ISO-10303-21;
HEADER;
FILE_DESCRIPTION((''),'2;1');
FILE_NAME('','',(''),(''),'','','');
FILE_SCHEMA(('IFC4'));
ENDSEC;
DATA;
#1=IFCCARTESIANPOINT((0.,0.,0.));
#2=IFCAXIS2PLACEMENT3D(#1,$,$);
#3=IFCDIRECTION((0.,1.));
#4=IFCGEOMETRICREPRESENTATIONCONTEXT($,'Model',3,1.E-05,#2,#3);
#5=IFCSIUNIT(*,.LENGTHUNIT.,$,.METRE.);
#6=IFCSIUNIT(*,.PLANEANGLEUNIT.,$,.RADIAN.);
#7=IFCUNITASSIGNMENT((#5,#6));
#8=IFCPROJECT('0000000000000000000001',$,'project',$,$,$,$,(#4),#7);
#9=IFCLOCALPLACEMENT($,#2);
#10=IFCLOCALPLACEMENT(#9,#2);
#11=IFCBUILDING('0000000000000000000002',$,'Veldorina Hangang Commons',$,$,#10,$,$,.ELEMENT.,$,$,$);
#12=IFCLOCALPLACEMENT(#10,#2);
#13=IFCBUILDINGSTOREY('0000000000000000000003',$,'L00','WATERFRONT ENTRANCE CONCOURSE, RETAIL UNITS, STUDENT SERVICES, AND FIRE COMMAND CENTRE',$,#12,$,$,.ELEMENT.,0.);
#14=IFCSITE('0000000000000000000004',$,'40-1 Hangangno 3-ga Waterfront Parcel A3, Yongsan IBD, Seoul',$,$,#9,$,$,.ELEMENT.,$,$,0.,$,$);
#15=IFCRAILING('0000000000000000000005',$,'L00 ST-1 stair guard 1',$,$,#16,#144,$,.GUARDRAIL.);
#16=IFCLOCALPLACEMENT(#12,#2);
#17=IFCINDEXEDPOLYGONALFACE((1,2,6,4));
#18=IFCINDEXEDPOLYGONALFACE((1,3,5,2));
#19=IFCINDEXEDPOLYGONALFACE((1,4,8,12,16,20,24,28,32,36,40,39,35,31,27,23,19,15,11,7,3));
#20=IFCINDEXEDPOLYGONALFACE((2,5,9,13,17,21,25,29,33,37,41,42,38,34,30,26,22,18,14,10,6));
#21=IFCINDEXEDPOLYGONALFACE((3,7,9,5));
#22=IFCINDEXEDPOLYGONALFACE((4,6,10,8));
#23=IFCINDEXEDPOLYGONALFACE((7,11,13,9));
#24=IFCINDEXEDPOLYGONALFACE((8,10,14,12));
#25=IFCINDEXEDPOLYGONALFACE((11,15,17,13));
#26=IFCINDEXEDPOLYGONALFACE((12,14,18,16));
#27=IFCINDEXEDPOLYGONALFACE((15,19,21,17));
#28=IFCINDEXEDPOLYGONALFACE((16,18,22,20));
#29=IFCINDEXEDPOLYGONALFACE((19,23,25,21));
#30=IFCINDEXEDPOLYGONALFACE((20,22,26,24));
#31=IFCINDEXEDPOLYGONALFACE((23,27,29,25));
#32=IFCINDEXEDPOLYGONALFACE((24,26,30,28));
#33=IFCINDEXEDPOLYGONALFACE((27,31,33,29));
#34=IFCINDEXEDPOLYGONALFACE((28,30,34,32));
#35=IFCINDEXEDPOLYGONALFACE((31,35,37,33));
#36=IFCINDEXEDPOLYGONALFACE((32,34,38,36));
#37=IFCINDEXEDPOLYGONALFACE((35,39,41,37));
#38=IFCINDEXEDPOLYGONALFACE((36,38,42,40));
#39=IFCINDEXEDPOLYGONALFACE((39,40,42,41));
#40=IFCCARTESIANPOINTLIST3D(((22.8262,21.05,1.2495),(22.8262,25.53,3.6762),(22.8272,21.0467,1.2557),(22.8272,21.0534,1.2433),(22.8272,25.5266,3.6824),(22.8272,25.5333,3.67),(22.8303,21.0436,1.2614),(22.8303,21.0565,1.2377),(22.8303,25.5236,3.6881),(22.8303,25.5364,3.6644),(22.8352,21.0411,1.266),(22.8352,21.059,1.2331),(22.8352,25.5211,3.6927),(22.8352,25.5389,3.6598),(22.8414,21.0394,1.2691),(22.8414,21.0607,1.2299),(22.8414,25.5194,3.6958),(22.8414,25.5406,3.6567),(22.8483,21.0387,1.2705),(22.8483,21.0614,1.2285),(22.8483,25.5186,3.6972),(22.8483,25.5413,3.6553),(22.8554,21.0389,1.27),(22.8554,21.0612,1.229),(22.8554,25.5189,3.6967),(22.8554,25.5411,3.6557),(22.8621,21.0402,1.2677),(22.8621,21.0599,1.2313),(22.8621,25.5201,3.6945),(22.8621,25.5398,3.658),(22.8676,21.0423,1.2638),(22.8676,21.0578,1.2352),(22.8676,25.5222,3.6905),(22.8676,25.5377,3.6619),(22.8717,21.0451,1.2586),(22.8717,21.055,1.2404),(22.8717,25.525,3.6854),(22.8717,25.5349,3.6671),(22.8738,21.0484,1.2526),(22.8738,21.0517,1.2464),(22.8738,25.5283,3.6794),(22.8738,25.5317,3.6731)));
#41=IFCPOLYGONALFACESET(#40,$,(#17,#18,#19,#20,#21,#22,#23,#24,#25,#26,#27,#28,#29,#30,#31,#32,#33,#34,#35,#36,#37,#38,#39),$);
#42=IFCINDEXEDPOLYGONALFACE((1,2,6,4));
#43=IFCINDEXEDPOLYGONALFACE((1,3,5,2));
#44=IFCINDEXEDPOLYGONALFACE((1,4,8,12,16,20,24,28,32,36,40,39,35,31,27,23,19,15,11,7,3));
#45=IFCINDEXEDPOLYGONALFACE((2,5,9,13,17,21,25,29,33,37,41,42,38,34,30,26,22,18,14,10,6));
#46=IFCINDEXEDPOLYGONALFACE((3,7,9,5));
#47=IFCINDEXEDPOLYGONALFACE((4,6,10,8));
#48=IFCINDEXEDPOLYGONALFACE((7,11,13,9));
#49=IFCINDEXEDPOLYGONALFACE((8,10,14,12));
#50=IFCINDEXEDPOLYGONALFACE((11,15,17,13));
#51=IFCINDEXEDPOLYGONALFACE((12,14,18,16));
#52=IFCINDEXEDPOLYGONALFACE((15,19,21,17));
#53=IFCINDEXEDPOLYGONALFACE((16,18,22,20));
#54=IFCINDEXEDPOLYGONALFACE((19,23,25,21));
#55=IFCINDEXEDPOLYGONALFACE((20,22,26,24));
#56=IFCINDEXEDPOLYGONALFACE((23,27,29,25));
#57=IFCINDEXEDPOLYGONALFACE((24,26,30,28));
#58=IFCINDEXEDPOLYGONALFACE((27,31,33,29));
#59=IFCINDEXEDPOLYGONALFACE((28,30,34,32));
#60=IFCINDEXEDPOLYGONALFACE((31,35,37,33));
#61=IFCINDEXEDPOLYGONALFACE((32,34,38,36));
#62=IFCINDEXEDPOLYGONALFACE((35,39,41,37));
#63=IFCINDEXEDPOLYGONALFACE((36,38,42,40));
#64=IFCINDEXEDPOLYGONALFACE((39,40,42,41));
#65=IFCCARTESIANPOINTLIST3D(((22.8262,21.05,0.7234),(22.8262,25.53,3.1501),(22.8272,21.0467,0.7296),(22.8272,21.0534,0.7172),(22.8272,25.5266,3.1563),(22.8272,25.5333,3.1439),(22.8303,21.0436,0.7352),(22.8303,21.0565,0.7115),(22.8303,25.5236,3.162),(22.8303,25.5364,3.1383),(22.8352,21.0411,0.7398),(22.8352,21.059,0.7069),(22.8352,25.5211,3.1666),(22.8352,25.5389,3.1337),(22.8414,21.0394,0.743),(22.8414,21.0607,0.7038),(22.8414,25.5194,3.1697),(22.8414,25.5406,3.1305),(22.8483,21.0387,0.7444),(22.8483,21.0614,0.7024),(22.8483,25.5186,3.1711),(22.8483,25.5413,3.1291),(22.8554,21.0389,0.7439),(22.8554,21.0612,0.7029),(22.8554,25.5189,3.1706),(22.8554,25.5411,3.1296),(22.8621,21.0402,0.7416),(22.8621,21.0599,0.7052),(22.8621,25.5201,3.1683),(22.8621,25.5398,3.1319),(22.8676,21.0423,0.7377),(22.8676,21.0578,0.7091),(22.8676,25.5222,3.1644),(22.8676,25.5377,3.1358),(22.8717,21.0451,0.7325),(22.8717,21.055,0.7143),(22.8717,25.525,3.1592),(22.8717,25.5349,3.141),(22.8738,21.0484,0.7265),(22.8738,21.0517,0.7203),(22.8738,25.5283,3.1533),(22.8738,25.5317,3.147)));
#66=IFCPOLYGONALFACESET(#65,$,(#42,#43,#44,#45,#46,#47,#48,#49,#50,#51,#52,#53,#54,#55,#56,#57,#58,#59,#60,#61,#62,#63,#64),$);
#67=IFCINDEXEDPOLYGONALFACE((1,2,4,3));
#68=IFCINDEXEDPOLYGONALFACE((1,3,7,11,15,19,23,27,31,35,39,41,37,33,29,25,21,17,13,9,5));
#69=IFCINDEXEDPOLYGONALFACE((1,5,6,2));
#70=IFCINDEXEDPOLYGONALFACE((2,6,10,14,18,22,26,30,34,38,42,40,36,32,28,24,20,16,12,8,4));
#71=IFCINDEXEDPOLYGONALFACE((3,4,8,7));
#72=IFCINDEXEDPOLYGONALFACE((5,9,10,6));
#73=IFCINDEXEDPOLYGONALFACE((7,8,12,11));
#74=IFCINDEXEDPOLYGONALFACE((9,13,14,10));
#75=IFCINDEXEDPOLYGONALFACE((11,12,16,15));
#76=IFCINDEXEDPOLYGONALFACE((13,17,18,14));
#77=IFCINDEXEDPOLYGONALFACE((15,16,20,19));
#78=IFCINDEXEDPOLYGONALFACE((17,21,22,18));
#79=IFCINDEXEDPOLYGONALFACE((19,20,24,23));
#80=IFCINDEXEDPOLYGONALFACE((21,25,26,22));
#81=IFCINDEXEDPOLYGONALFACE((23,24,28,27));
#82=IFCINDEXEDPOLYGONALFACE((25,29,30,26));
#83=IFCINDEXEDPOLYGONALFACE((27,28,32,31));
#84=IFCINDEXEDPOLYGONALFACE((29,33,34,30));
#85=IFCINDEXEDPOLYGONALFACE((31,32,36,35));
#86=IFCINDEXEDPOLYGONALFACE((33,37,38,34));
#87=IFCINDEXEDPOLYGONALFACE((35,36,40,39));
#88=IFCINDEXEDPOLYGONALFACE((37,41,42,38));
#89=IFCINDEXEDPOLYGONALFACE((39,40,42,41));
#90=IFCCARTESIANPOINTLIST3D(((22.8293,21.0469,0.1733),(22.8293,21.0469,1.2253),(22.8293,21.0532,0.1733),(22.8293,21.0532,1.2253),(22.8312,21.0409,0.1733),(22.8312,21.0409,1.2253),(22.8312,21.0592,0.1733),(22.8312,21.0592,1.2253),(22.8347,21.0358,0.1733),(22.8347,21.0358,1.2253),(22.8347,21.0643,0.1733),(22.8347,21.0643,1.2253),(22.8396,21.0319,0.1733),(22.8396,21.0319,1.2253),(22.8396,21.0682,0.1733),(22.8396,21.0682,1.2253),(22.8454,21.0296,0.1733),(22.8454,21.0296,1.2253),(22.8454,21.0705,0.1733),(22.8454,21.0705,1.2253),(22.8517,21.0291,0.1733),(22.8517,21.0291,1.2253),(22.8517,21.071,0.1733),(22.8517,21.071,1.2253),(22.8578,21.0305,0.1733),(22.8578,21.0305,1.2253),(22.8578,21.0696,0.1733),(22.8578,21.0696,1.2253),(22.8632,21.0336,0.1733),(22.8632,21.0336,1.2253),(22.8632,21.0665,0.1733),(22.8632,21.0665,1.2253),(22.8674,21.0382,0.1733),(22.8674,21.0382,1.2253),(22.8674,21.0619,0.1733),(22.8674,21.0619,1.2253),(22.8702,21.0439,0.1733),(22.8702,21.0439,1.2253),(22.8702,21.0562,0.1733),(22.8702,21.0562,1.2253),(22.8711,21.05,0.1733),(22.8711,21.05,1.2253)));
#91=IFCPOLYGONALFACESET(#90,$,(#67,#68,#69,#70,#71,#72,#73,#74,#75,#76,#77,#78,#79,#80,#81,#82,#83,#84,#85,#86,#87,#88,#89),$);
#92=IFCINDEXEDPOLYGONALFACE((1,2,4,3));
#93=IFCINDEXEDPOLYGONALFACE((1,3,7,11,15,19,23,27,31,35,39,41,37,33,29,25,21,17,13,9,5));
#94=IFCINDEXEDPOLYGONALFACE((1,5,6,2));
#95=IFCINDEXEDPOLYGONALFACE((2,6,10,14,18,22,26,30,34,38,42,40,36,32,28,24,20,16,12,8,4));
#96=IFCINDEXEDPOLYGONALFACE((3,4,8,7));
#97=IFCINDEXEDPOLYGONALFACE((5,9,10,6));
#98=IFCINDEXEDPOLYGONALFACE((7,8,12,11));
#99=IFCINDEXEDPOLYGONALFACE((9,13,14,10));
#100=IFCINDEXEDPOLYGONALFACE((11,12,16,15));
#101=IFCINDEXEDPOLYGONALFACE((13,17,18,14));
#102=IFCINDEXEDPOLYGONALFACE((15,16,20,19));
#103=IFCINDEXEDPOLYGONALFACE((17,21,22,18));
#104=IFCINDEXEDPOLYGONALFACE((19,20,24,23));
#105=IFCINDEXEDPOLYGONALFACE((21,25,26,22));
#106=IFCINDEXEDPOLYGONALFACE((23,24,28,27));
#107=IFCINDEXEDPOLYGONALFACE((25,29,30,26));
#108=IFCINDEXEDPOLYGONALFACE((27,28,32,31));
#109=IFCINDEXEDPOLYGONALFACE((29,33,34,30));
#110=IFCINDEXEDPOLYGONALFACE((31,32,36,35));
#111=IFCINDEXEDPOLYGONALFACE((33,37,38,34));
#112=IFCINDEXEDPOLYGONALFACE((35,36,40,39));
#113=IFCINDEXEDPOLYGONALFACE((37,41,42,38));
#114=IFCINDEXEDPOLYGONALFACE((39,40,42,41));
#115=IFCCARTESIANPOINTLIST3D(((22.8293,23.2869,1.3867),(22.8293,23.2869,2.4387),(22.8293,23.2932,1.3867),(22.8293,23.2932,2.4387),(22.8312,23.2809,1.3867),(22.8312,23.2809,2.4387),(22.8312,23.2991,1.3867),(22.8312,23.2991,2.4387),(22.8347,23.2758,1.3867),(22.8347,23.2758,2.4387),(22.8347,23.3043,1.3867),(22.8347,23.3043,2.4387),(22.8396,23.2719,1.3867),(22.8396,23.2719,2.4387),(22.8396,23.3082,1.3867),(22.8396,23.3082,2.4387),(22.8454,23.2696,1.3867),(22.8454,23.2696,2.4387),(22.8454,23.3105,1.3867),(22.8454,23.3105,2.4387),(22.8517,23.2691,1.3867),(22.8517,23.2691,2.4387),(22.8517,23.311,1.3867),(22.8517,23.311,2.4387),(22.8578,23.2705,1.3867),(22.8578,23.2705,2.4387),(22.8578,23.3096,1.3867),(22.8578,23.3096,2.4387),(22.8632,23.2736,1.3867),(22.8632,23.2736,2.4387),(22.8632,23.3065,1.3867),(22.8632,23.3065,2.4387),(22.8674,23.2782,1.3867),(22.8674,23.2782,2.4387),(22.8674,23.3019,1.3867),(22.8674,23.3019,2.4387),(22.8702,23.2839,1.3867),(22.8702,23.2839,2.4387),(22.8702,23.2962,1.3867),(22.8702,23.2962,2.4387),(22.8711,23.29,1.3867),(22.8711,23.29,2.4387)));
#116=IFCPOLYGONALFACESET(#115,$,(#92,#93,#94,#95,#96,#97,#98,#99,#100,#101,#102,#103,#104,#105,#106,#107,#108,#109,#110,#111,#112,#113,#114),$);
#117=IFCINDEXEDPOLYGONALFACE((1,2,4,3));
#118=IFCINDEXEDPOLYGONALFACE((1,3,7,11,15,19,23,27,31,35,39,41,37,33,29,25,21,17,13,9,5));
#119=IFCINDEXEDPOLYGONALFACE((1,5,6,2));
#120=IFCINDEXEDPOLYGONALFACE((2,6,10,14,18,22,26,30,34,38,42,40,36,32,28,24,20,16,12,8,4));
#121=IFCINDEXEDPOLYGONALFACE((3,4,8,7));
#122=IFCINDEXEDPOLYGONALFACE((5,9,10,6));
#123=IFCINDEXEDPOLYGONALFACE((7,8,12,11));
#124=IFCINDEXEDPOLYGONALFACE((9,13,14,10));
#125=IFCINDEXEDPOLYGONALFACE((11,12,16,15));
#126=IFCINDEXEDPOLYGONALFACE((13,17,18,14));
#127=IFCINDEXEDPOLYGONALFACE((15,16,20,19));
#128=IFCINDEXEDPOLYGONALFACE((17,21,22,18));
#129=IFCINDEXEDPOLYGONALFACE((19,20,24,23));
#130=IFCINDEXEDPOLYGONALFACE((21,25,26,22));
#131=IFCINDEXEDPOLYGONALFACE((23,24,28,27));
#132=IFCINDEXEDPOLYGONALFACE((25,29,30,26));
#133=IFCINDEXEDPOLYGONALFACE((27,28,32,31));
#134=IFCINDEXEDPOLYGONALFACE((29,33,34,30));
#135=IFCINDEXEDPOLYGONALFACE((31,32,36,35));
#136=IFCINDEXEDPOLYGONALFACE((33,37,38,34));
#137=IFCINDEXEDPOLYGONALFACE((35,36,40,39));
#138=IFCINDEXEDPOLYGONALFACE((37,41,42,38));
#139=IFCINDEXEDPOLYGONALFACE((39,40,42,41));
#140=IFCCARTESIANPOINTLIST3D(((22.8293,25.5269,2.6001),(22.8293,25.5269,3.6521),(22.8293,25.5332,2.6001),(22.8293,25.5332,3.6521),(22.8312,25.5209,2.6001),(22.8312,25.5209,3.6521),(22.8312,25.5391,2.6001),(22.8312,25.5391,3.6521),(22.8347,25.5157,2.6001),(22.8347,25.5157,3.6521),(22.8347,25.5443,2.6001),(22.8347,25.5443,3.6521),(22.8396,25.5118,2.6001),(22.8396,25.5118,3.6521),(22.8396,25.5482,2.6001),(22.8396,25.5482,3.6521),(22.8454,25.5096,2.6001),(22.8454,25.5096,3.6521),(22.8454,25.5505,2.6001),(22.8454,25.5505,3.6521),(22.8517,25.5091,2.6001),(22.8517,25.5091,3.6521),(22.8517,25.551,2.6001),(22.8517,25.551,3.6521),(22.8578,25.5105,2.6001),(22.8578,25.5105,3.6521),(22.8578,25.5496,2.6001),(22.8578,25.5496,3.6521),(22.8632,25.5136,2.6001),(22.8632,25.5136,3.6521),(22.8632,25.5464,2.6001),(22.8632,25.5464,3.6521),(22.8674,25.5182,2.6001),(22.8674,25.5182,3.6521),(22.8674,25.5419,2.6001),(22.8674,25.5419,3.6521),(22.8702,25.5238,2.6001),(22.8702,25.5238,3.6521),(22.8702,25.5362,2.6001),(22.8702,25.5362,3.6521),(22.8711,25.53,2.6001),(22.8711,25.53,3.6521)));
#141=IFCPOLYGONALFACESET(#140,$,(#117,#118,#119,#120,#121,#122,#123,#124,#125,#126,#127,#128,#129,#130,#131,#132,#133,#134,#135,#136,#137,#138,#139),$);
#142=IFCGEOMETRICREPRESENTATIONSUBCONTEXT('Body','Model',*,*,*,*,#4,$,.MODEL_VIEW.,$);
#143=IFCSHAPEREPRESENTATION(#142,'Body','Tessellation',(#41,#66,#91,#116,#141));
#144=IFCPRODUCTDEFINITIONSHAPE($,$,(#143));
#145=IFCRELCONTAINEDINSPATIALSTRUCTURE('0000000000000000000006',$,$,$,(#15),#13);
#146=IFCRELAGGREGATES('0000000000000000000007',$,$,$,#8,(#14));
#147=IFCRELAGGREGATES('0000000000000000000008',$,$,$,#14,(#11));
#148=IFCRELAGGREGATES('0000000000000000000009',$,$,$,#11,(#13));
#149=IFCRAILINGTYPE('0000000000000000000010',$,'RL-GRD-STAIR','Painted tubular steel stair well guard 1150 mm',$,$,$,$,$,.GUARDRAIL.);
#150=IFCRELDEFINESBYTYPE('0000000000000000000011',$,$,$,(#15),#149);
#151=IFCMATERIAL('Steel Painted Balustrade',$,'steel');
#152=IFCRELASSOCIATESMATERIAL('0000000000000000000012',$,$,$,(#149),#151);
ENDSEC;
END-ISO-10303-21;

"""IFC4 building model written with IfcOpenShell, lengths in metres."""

from ifc_helpers import new_model, si_unit, direction, frame, origin, origin_2d, place, context, subcontext, project, spatial, circle, extrude, material, type_object, element, save


model = new_model("IFC4")

# Units and contexts
model_context = context("Model", 3, precision=1e-05, world=origin(), true_north=direction((0.0, 1.0)))
body_context = subcontext(model_context, "Body", "Model", "MODEL_VIEW")
ifc_project = project(units=[si_unit("LENGTHUNIT", "METRE"), si_unit("PLANEANGLEUNIT", "RADIAN")], contexts=[model_context])

# Site, building, storey
site_placement = place(None, origin())
site = spatial("IfcSite", under=ifc_project, at=site_placement, Name="40-1 Hangangno 3-ga Waterfront Parcel A3, Yongsan IBD, Seoul", CompositionType="ELEMENT", RefElevation=0.0)
building_placement = place(site_placement, origin())
building = spatial("IfcBuilding", under=site, at=building_placement, Name="Veldorina Hangang Commons", CompositionType="ELEMENT")
storey_placement = place(building_placement, origin())
storey = spatial("IfcBuildingStorey", under=building, at=storey_placement, Name="L00", Description="WATERFRONT ENTRANCE CONCOURSE, RETAIL UNITS, STUDENT SERVICES, AND FIRE COMMAND CENTRE", CompositionType="ELEMENT", Elevation=0.0)

# Railing
ifc_material_1 = material(Name="Steel Painted Balustrade", Category="steel")
railing_type_1 = type_object("IfcRailingType", Name="RL-GRD-STAIR", Description="Painted tubular steel stair well guard 1150 mm", PredefinedType="GUARDRAIL", material=ifc_material_1)
railing_1_placement = place(storey_placement, frame((22.8501, 21.05, 0.1733)))
element("IfcRailing", 1, at=railing_1_placement, inside=storey, type_object=railing_type_1, Name="L00 ST-1 stair guard 1", PredefinedType="GUARDRAIL", context=body_context, shape_type="SweptSolid", body=[
    extrude(circle(Radius=0.0239, at=origin_2d()), frame((0.0, 0.0, 1.0762), z_axis=(0.0, 0.879284, 0.476299), x_axis=(-1.0, 0.0, 0.0)), (0.0, 0.0, 1.0), 5.095),
    extrude(circle(Radius=0.0239, at=origin_2d()), frame((0.0, 0.0, 0.55), z_axis=(0.0, 0.879284, 0.476299), x_axis=(-1.0, 0.0, 0.0)), (0.0, 0.0, 1.0), 5.095),
    extrude(circle(Radius=0.021, at=origin_2d()), origin(), (0.0, 0.0, 1.0), 1.052),
    extrude(circle(Radius=0.021, at=origin_2d()), frame((0.0, 2.24, 1.2134)), (0.0, 0.0, 1.0), 1.052),
    extrude(circle(Radius=0.021, at=origin_2d()), frame((0.0, 4.48, 2.4268)), (0.0, 0.0, 1.0), 1.052),
])

save(model, "model.ifc")
